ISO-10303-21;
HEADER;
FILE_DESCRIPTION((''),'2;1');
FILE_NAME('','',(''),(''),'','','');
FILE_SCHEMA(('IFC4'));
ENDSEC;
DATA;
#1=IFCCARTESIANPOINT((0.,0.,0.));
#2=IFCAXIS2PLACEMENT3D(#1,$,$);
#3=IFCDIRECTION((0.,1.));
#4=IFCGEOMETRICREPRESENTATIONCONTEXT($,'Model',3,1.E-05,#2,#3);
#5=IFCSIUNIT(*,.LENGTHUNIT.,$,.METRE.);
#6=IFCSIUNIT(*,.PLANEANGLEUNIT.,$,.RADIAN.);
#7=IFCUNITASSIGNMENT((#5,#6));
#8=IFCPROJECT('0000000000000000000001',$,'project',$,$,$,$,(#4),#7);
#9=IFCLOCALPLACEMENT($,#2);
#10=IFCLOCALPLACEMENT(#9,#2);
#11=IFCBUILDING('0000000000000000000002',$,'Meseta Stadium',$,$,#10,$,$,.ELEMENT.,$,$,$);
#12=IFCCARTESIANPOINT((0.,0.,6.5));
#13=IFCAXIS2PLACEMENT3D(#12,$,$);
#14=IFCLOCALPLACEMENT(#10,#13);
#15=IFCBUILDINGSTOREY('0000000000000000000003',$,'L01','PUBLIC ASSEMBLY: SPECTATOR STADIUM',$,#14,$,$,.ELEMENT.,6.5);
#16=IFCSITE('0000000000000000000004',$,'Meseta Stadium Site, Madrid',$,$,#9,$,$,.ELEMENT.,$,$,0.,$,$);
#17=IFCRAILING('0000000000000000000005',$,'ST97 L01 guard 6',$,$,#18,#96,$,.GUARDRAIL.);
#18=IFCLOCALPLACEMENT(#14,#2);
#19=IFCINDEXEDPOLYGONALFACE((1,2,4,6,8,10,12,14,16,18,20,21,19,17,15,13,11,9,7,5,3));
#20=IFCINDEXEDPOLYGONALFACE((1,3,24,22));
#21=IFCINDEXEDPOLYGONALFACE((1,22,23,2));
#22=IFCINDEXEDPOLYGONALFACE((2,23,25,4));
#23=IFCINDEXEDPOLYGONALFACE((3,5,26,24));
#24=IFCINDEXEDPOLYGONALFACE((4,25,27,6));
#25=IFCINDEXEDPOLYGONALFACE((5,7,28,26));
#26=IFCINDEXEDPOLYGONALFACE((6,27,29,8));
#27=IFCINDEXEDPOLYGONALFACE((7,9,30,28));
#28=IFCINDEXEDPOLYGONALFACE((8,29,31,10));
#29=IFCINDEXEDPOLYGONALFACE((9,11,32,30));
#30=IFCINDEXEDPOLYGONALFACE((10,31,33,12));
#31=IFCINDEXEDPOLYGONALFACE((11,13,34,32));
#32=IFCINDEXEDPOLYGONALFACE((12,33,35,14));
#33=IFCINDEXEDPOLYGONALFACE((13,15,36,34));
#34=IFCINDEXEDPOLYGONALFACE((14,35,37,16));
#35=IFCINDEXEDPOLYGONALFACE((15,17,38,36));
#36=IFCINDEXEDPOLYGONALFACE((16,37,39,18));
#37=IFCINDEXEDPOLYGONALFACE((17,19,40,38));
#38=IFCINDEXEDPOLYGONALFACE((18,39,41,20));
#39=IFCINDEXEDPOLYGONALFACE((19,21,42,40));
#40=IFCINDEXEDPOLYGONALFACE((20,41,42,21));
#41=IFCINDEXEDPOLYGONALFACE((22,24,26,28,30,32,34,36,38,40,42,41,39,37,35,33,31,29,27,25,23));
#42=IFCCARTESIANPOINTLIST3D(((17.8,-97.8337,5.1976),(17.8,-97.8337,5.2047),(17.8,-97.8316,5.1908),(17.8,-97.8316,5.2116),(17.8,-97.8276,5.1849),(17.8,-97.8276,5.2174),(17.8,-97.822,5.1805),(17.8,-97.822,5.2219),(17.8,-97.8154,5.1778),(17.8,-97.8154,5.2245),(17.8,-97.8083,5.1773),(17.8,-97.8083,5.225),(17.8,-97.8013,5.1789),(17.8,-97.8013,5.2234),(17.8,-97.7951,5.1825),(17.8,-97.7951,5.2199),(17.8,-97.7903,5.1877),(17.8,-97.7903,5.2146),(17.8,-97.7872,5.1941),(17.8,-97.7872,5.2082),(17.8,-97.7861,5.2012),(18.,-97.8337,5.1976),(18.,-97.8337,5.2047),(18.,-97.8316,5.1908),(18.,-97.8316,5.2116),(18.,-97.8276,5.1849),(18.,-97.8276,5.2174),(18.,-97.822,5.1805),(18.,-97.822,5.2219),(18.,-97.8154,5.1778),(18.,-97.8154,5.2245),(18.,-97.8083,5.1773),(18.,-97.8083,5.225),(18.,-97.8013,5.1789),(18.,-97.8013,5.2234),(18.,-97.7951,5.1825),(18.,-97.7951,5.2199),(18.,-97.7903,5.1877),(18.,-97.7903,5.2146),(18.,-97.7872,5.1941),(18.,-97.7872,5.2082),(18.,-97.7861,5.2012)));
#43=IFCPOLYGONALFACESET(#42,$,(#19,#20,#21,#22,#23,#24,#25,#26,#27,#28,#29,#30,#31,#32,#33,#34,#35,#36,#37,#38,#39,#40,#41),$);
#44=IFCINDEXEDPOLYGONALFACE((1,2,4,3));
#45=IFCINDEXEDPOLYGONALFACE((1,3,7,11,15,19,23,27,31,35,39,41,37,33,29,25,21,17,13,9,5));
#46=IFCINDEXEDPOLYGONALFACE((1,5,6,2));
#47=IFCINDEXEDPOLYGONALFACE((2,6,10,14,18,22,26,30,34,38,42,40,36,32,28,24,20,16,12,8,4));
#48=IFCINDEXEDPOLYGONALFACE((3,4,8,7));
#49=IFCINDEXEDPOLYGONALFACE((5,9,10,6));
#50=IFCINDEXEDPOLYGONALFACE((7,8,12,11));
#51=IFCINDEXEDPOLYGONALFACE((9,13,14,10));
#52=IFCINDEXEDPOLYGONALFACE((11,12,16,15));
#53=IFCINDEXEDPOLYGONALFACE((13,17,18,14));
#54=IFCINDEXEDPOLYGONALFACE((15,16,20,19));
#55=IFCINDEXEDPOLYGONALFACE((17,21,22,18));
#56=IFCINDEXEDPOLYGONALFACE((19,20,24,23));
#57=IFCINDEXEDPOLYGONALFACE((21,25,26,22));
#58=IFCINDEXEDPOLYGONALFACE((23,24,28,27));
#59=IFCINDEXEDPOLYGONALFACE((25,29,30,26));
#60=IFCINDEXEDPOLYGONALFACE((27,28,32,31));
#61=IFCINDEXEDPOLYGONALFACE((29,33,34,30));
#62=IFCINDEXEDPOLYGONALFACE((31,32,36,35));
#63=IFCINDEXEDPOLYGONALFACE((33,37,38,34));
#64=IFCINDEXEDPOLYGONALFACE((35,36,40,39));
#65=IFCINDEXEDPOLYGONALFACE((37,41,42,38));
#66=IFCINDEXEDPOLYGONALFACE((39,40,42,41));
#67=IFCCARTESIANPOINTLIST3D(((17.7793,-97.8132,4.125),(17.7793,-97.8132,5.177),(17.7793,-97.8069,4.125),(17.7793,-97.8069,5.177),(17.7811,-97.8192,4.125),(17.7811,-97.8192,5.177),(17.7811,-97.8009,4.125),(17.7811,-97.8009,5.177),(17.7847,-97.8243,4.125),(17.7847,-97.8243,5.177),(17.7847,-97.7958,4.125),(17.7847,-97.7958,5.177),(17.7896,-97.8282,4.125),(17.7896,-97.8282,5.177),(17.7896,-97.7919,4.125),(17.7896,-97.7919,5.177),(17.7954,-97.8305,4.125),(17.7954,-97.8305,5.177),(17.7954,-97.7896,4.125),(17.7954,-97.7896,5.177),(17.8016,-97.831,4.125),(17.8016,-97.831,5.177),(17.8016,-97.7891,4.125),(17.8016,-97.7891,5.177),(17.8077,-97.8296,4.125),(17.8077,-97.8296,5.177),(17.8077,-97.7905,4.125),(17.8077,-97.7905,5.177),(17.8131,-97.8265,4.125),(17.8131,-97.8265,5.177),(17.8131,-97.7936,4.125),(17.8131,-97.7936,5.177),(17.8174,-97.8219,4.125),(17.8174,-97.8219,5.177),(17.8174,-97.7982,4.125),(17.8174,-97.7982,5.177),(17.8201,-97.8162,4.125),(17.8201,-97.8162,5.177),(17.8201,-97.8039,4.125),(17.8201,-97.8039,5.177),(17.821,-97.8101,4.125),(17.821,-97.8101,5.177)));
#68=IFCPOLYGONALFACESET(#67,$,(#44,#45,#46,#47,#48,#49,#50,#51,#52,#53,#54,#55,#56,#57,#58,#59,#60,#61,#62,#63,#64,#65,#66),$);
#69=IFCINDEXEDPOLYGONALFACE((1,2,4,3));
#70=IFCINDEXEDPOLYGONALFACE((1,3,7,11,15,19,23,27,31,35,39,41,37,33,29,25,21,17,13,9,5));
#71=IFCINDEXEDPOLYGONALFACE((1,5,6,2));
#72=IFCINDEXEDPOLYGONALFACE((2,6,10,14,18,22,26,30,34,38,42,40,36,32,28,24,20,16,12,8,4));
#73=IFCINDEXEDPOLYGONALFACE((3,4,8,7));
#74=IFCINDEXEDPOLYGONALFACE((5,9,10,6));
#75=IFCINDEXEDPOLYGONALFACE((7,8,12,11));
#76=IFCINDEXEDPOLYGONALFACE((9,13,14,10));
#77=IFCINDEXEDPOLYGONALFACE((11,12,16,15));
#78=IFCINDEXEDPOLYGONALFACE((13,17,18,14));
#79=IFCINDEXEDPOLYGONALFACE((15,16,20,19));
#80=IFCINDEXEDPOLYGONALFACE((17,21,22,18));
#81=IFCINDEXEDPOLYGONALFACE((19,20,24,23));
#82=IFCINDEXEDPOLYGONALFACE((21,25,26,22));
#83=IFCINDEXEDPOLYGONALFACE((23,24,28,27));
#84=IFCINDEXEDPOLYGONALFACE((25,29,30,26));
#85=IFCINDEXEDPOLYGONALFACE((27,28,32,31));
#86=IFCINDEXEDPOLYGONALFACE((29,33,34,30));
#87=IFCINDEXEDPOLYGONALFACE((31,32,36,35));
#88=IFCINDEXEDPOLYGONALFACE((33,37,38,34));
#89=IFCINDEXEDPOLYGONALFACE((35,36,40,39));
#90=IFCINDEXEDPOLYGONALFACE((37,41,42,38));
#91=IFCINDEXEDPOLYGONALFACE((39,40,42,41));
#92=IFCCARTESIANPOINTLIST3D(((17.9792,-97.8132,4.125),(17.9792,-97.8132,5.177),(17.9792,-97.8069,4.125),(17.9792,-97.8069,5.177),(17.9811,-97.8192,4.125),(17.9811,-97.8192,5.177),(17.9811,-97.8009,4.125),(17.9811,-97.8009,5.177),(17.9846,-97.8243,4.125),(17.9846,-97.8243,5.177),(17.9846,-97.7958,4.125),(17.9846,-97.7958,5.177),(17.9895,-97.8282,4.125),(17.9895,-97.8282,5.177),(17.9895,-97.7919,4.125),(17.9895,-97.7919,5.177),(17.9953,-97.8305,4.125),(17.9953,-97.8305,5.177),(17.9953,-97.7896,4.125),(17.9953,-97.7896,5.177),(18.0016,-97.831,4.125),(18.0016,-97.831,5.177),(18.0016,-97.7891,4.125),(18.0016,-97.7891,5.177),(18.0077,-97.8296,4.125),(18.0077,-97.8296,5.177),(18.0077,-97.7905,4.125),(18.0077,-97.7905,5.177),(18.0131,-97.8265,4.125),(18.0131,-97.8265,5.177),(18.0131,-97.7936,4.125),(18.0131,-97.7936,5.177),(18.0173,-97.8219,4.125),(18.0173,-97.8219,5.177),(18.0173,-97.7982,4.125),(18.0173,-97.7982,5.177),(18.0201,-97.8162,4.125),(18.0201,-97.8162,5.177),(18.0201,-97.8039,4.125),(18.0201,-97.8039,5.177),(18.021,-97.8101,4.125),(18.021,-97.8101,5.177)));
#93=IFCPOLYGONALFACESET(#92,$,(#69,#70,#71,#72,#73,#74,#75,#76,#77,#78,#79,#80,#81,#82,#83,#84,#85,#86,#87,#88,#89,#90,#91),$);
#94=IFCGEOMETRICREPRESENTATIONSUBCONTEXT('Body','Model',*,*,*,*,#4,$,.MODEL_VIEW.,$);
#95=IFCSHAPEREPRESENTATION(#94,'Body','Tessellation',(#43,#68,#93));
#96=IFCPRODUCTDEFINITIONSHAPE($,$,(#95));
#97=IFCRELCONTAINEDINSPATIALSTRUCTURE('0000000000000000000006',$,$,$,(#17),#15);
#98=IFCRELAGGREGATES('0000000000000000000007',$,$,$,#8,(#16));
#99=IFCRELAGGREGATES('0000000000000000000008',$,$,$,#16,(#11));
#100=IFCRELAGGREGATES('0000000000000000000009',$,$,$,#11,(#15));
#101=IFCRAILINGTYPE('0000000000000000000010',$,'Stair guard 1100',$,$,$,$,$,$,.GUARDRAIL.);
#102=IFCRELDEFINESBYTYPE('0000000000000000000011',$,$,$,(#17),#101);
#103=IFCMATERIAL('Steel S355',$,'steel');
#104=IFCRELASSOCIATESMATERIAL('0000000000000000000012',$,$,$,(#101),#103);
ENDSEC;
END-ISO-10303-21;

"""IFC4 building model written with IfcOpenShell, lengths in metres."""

from ifc_helpers import new_model, si_unit, direction, frame, origin, origin_2d, place, context, subcontext, project, spatial, circle, extrude, material, type_object, element, save


model = new_model("IFC4")

# Units and contexts
model_context = context("Model", 3, precision=1e-05, world=origin(), true_north=direction((0.0, 1.0)))
body_context = subcontext(model_context, "Body", "Model", "MODEL_VIEW")
ifc_project = project(units=[si_unit("LENGTHUNIT", "METRE"), si_unit("PLANEANGLEUNIT", "RADIAN")], contexts=[model_context])

# Site, building, storey
site_placement = place(None, origin())
site = spatial("IfcSite", under=ifc_project, at=site_placement, Name="Meseta Stadium Site, Madrid", CompositionType="ELEMENT", RefElevation=0.0)
building_placement = place(site_placement, origin())
building = spatial("IfcBuilding", under=site, at=building_placement, Name="Meseta Stadium", CompositionType="ELEMENT")
storey_placement = place(building_placement, frame((0.0, 0.0, 6.5)))
storey = spatial("IfcBuildingStorey", under=building, at=storey_placement, Name="L01", Description="PUBLIC ASSEMBLY: SPECTATOR STADIUM", CompositionType="ELEMENT", Elevation=6.5)

# Railing
ifc_material_1 = material(Name="Steel S355", Category="steel")
railing_type_1 = type_object("IfcRailingType", Name="Stair guard 1100", PredefinedType="GUARDRAIL", material=ifc_material_1)
railing_1_placement = place(storey_placement, frame((17.8, -97.8101, 4.125)))
element("IfcRailing", 1, at=railing_1_placement, inside=storey, type_object=railing_type_1, Name="ST97 L01 guard 6", PredefinedType="GUARDRAIL", context=body_context, shape_type="SweptSolid", body=[
    extrude(circle(Radius=0.0239, at=origin_2d()), frame((0.0, 0.0, 1.0762), z_axis=(1.0, 0.0, 0.0), x_axis=(0.0, 1.0, 0.0)), (0.0, 0.0, 1.0), 0.2),
    extrude(circle(Radius=0.021, at=origin_2d()), origin(), (0.0, 0.0, 1.0), 1.052),
    extrude(circle(Radius=0.021, at=origin_2d()), frame((0.2, 0.0, 0.0)), (0.0, 0.0, 1.0), 1.052),
])

save(model, "model.ifc")
